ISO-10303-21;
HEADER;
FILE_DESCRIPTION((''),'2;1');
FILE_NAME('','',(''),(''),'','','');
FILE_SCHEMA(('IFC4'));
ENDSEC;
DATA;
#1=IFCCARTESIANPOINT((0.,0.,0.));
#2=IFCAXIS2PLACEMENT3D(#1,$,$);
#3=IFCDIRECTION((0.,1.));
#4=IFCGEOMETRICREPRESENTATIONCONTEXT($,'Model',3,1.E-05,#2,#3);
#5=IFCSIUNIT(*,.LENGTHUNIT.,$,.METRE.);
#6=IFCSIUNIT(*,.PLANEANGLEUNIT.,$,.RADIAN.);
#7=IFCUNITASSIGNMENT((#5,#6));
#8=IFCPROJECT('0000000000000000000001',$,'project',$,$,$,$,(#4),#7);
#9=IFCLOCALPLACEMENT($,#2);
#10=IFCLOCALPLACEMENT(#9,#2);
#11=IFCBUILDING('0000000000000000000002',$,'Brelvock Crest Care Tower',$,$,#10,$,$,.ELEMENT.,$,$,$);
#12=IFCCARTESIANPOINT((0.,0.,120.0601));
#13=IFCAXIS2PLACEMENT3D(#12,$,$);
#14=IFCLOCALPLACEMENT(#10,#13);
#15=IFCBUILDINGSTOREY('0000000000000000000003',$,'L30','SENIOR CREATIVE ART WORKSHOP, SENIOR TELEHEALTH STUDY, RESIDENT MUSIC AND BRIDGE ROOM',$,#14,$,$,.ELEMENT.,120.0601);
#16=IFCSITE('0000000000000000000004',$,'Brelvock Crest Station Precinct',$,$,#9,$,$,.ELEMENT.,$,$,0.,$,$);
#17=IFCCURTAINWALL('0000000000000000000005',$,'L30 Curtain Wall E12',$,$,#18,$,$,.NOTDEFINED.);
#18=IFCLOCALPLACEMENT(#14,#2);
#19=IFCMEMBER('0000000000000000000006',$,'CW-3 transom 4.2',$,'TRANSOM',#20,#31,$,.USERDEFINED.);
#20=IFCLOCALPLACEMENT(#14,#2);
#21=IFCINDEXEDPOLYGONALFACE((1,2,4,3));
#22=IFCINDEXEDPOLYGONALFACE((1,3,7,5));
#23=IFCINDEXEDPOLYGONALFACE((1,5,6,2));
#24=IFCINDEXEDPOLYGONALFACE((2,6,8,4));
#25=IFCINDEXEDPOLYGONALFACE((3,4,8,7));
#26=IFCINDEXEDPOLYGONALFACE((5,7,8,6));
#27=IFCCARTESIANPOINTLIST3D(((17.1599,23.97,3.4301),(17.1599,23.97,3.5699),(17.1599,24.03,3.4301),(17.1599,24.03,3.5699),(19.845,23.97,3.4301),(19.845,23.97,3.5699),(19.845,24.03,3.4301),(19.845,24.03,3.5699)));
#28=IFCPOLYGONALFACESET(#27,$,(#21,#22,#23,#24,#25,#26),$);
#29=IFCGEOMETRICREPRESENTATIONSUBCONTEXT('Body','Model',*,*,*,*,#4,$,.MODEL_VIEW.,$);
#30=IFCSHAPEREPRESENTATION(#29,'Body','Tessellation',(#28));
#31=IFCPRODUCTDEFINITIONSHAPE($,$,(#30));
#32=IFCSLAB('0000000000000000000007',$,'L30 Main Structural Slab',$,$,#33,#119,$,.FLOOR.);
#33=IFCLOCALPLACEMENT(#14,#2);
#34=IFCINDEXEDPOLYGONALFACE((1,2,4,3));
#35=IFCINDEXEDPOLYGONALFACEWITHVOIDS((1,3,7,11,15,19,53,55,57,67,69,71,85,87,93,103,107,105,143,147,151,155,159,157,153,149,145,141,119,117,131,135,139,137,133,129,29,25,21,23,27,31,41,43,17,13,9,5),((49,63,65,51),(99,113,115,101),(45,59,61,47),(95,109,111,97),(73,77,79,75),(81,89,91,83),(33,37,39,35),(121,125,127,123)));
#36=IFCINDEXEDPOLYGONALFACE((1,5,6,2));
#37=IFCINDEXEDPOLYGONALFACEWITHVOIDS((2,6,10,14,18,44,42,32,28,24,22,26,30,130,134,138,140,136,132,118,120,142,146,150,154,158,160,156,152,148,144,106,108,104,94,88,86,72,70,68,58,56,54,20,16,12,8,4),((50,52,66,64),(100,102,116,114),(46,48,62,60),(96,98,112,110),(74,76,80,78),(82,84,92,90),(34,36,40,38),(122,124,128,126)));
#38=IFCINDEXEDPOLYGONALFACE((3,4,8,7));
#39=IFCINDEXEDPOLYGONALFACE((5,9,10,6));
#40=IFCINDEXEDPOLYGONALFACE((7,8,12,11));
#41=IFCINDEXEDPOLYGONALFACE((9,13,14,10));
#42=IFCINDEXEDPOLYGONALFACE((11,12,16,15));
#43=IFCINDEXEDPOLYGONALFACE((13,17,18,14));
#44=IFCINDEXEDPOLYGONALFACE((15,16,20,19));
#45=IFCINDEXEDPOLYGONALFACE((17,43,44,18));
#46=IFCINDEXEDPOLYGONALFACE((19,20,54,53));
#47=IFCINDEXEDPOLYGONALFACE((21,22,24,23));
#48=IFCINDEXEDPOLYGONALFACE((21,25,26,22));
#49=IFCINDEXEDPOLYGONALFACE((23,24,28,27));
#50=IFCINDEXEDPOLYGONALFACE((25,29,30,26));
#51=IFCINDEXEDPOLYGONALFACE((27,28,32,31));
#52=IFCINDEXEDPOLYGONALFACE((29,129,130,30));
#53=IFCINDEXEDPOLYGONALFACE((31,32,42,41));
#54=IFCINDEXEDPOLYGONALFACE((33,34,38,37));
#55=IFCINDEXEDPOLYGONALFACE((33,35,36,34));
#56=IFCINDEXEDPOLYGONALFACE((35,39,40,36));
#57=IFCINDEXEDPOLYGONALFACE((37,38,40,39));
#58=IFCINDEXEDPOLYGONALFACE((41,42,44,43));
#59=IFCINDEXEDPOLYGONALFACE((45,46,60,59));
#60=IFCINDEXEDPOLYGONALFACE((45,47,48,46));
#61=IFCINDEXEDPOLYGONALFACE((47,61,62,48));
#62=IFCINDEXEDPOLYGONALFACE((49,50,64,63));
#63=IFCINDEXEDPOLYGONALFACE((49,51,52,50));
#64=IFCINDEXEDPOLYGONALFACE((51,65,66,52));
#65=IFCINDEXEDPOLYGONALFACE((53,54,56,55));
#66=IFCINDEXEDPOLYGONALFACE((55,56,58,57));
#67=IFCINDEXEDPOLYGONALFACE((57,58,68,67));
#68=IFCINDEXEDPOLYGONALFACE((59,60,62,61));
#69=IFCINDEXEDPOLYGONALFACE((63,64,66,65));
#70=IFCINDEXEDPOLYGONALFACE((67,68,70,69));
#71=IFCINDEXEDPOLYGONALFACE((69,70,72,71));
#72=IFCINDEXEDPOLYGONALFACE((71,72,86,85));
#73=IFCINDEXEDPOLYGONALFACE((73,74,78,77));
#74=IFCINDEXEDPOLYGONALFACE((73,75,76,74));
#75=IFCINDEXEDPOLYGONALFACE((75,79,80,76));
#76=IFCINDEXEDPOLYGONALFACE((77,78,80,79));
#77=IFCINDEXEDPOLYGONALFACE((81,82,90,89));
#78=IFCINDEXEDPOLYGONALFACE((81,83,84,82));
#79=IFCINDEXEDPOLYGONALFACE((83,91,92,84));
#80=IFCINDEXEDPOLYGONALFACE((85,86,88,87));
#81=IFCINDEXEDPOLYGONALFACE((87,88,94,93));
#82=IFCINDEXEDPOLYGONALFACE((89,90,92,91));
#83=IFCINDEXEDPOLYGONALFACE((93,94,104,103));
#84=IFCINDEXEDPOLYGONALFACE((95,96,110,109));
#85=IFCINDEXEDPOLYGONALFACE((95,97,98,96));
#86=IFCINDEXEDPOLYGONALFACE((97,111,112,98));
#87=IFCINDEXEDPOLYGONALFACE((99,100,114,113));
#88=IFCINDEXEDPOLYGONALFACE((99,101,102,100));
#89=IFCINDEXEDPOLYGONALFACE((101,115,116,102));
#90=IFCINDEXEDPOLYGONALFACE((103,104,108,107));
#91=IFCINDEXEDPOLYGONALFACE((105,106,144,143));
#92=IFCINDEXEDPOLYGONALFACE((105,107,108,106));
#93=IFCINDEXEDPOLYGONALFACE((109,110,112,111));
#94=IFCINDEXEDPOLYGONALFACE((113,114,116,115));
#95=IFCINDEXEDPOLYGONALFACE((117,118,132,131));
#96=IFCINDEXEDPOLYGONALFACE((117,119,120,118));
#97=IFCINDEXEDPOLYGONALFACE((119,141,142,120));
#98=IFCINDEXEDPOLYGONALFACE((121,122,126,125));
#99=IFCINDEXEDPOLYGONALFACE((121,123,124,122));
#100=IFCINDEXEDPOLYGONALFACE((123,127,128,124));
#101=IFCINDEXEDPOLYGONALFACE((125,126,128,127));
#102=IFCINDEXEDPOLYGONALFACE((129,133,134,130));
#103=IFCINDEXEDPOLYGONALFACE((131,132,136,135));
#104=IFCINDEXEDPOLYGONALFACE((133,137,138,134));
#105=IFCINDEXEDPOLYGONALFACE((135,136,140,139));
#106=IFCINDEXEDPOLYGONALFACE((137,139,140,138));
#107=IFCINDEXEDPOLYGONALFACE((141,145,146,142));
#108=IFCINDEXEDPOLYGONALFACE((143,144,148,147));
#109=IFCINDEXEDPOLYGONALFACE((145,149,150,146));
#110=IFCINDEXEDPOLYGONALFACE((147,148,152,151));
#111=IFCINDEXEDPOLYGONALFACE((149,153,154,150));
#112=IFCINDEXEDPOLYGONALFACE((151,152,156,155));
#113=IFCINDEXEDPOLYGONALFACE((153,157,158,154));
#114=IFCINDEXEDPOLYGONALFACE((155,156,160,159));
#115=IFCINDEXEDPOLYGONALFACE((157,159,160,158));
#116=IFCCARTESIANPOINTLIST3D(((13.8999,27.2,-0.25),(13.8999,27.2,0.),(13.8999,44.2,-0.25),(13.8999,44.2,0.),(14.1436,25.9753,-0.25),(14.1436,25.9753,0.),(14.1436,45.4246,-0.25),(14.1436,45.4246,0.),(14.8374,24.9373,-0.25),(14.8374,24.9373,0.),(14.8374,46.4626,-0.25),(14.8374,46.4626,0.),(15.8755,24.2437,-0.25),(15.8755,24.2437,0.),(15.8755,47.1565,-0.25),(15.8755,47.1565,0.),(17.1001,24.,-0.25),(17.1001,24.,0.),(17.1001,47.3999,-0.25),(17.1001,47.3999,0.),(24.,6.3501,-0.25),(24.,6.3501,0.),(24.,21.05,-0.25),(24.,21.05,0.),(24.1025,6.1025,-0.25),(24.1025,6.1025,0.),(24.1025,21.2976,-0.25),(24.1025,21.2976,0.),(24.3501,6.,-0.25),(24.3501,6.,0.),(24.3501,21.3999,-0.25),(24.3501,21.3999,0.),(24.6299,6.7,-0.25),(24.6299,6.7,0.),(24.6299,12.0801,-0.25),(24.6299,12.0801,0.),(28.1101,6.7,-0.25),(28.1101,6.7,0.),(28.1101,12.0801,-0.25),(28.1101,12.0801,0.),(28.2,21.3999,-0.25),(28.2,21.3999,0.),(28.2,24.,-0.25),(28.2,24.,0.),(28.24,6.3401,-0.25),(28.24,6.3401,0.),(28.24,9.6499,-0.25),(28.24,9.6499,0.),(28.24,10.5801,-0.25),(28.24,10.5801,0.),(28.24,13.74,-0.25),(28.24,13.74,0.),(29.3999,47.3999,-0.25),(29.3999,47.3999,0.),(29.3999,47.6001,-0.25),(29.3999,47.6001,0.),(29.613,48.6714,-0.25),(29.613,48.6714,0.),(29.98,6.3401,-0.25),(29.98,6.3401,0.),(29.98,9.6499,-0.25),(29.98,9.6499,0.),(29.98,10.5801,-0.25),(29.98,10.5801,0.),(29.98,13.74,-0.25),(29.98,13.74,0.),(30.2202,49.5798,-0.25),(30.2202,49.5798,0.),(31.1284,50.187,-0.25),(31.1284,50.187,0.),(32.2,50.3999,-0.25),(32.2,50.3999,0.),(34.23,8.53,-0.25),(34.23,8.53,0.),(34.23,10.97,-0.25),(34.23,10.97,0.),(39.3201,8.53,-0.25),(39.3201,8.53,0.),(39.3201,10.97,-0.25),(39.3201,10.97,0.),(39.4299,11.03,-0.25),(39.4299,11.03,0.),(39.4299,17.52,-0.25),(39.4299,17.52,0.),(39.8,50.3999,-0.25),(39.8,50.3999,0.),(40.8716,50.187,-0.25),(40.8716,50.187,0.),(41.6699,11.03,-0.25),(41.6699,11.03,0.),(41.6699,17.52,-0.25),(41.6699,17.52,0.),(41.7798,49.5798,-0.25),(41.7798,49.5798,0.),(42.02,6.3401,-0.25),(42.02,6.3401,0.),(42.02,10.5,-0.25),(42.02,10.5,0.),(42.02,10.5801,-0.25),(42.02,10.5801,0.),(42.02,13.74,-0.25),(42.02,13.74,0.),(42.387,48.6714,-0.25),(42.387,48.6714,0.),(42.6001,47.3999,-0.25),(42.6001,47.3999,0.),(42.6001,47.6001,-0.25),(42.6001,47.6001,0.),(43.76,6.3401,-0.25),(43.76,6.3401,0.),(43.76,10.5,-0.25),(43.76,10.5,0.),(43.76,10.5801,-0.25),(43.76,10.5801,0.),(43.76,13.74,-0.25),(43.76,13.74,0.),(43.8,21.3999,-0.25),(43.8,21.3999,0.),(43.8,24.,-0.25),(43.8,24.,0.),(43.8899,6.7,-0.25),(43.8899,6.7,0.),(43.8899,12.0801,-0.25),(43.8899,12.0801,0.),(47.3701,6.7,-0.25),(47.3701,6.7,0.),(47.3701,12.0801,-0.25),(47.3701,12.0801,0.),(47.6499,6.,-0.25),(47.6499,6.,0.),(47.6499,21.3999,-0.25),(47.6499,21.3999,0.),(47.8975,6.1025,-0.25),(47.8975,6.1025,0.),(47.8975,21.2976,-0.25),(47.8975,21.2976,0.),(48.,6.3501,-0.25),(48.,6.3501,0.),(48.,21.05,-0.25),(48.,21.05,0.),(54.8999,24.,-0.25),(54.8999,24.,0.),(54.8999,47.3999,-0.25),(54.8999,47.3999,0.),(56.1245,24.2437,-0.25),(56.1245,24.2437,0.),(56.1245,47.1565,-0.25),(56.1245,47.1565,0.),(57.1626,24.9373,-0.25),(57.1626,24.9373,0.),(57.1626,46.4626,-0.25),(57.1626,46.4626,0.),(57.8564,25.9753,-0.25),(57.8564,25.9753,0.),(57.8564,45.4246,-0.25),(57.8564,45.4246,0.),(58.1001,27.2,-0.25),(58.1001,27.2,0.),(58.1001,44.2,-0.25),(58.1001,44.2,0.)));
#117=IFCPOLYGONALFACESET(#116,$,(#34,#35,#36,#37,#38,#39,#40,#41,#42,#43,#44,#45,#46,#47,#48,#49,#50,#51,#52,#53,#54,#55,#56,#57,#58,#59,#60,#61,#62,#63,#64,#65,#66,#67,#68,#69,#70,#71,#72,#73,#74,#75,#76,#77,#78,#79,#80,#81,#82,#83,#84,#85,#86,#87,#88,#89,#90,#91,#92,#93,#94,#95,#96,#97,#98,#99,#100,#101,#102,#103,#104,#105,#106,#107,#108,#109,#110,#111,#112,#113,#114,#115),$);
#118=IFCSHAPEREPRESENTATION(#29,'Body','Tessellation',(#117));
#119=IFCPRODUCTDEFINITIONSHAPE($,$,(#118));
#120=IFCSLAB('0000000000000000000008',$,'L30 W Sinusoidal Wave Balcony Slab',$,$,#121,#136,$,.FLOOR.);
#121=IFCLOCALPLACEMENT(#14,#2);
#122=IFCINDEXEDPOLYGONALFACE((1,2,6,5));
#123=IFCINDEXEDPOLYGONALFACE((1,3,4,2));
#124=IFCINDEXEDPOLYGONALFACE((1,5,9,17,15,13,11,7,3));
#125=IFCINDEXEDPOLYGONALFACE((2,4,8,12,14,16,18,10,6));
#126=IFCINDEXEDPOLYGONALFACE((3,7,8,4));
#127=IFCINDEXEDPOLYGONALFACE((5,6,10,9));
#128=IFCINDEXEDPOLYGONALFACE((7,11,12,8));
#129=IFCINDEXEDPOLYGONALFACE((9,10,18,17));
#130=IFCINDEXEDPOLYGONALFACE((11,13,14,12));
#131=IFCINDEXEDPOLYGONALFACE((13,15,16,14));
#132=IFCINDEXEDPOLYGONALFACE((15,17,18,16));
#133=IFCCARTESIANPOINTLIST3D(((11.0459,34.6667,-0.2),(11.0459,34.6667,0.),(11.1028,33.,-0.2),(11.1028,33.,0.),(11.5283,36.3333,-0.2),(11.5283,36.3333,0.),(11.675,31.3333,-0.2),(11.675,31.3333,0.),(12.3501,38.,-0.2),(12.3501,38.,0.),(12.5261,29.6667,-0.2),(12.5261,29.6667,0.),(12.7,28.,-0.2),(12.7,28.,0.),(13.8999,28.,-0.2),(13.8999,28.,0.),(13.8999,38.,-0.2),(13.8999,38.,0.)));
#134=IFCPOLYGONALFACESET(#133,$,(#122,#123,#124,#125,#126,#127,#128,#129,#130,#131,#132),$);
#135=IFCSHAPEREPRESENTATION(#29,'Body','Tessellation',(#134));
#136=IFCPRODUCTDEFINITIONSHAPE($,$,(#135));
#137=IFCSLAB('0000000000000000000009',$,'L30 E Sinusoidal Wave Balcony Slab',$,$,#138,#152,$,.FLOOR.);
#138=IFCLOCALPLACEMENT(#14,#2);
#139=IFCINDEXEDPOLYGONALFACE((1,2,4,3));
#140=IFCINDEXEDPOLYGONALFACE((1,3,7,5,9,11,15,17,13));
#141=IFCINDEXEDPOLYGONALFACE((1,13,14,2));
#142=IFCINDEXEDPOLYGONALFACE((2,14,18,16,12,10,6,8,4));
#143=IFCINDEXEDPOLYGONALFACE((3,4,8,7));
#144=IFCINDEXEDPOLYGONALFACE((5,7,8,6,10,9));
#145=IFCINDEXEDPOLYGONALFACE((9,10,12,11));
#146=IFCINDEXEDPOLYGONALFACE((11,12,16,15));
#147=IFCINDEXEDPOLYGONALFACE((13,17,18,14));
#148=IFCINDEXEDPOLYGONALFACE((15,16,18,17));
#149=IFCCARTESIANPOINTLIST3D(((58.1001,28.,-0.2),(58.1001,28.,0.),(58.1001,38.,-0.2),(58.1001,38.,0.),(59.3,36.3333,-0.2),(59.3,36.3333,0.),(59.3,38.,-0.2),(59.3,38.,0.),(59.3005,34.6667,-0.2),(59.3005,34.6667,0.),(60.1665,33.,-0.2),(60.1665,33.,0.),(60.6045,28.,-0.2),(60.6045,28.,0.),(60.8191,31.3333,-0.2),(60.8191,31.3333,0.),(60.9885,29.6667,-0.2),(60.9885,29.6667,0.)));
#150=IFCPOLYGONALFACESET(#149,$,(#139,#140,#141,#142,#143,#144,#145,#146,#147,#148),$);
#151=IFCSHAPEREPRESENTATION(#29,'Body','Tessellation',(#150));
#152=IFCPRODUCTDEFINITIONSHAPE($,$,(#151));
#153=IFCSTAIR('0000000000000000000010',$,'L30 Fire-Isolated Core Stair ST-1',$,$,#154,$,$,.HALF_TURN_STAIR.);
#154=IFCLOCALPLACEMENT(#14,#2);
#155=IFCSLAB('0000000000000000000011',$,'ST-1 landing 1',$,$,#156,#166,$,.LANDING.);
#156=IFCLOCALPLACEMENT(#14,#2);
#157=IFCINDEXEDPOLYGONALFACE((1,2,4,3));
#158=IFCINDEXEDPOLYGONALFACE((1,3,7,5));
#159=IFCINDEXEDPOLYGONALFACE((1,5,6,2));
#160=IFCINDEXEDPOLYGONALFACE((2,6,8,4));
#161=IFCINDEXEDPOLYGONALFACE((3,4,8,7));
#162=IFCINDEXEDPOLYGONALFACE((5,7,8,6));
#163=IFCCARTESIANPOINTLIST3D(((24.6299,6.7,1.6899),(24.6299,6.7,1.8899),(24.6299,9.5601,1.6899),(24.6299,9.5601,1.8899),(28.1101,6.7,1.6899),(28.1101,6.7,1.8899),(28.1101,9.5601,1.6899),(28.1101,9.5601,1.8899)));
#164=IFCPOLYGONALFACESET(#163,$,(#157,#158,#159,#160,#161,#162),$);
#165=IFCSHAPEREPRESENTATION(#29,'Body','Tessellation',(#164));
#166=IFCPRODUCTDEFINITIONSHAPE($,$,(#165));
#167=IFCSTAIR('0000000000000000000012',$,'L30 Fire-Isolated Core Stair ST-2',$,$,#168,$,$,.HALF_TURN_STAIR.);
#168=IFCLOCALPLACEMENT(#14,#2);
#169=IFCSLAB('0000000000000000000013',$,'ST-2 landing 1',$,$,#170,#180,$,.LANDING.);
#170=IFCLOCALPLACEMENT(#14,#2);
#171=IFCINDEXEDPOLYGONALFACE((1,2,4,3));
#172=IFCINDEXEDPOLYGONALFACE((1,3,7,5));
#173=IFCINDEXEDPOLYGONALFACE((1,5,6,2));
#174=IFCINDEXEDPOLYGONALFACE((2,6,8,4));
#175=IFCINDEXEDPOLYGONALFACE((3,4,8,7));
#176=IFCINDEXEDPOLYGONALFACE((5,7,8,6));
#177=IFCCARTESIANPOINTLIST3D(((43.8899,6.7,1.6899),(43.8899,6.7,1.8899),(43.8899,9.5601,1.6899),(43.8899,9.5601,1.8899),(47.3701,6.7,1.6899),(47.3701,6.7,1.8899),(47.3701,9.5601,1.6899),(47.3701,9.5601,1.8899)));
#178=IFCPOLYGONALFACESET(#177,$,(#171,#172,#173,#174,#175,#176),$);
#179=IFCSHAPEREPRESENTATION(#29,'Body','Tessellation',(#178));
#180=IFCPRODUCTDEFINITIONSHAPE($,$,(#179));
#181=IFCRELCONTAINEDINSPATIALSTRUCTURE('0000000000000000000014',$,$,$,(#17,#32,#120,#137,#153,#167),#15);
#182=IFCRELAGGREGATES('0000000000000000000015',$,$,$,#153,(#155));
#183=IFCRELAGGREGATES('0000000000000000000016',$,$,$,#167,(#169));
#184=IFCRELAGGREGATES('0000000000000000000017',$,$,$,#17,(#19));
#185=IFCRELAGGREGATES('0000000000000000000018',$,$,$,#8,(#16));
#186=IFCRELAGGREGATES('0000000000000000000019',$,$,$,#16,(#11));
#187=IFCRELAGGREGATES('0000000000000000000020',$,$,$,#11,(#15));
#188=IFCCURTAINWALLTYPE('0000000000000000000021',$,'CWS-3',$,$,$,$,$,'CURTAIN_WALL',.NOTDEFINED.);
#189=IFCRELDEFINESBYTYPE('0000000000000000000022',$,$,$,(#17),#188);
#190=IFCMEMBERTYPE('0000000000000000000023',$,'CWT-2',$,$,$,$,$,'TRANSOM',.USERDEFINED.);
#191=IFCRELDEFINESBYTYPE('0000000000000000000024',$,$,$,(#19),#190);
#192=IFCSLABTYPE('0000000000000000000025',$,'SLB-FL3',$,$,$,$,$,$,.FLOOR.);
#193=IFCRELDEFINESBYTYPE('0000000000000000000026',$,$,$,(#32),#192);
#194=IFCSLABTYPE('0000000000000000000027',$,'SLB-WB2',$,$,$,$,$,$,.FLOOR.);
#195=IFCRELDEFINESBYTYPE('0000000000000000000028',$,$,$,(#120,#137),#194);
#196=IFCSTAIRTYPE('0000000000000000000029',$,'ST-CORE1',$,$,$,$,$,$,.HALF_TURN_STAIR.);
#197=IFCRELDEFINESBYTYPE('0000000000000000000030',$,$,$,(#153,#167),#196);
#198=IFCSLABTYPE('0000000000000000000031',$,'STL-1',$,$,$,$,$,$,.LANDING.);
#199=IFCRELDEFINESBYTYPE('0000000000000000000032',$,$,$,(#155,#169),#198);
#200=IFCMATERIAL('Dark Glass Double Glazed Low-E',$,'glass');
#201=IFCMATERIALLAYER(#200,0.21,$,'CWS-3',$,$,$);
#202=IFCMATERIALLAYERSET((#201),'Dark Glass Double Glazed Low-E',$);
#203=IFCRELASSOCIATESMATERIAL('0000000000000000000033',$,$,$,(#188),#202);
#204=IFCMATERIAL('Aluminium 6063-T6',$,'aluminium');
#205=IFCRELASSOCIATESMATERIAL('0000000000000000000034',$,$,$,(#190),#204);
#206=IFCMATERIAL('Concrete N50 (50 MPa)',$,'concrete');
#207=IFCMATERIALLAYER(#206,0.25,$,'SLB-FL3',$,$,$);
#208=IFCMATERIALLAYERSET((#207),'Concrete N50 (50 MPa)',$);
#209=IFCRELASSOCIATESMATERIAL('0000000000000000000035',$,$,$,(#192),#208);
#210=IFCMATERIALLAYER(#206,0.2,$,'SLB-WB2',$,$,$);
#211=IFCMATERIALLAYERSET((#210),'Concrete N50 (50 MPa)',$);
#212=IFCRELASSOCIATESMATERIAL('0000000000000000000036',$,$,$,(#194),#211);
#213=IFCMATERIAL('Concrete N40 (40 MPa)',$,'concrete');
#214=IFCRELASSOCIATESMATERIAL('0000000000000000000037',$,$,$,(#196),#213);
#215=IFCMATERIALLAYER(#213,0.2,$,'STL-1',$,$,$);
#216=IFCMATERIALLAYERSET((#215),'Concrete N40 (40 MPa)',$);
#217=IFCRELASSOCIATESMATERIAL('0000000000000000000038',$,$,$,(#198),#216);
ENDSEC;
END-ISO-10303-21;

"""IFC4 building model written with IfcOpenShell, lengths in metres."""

from ifc_helpers import new_model, si_unit, direction, frame, origin, origin_2d, place, context, subcontext, project, spatial, polyline, rectangle, outline, extrude, source, transform, mapped, material, layer, layer_set, material_profile, profile_set, type_object, element, aggregate, save


model = new_model("IFC4")

# Units and contexts
model_context = context("Model", 3, precision=1e-05, world=origin(), true_north=direction((0.0, 1.0)))
body_context = subcontext(model_context, "Body", "Model", "MODEL_VIEW")
ifc_project = project(units=[si_unit("LENGTHUNIT", "METRE"), si_unit("PLANEANGLEUNIT", "RADIAN")], contexts=[model_context])

# Site, building, storey
site_placement = place(None, origin())
site = spatial("IfcSite", under=ifc_project, at=site_placement, Name="Brelvock Crest Station Precinct", CompositionType="ELEMENT", RefElevation=0.0)
building_placement = place(site_placement, origin())
building = spatial("IfcBuilding", under=site, at=building_placement, Name="Brelvock Crest Care Tower", CompositionType="ELEMENT")
storey_placement = place(building_placement, frame((0.0, 0.0, 120.0601)))
storey = spatial("IfcBuildingStorey", under=building, at=storey_placement, Name="L30", Description="SENIOR CREATIVE ART WORKSHOP, SENIOR TELEHEALTH STUDY, RESIDENT MUSIC AND BRIDGE ROOM", CompositionType="ELEMENT", Elevation=120.0601)

# Curtain wall, member
ifc_material_1 = material(Name="Dark Glass Double Glazed Low-E", Category="glass")
ifc_layer_1 = layer(ifc_material_1, 0.21, Name="CWS-3")
ifc_layer_set_1 = layer_set([ifc_layer_1], Name="Dark Glass Double Glazed Low-E")
curtain_wall_type = type_object("IfcCurtainWallType", Name="CWS-3", ElementType="CURTAIN_WALL", PredefinedType="NOTDEFINED", material=ifc_layer_set_1)
curtain_wall_placement = place(storey_placement, origin())
curtain_wall = element("IfcCurtainWall", 1, at=curtain_wall_placement, inside=storey, type_object=curtain_wall_type, Name="L30 Curtain Wall E12", PredefinedType="NOTDEFINED")
ifc_material_2 = material(Name="Aluminium 6063-T6", Category="aluminium")
ifc_material_profile_1 = material_profile(ifc_material_2, rectangle(XDim=0.0601, YDim=0.1399, at=origin_2d()), Name="ALU60x140")
ifc_profile_set_1 = profile_set([ifc_material_profile_1], Name="Aluminium 6063-T6")
member_type_1 = type_object("IfcMemberType", Name="CWT-2", ElementType="TRANSOM", PredefinedType="USERDEFINED", material=ifc_profile_set_1)
shared_shape_1 = source(origin(), body_context, "Body", "SweptSolid", [
    extrude(rectangle(XDim=0.0601, YDim=0.1399, at=origin_2d()), origin(), (0.0, 0.0, 1.0), 2.6851),
])
member_1_placement = place(storey_placement, frame((19.845, 24.0, 3.5), z_axis=(-1.0, 0.0, 0.0), x_axis=(0.0, -1.0, 0.0)))
member_1 = element("IfcMember", 2, at=member_1_placement, type_object=member_type_1, Name="CW-3 transom 4.2", ObjectType="TRANSOM", PredefinedType="USERDEFINED", context=body_context, shape_type="MappedRepresentation", body=[
    mapped(shared_shape_1, transform((0.0, 0.0, 0.0), x_axis=(1.0, 0.0, 0.0), y_axis=(0.0, 1.0, 0.0), z_axis=(0.0, 0.0, 1.0), scale=1.0)),
])

# Slabs
ifc_material_3 = material(Name="Concrete N50 (50 MPa)", Category="concrete")
ifc_layer_2 = layer(ifc_material_3, 0.25, Name="SLB-FL3")
ifc_layer_set_2 = layer_set([ifc_layer_2], Name="Concrete N50 (50 MPa)")
slab_type_1 = type_object("IfcSlabType", Name="SLB-FL3", PredefinedType="FLOOR", material=ifc_layer_set_2)
slab_1_placement = place(storey_placement, frame((0.0, 0.0, -0.25)))
element("IfcSlab", 3, at=slab_1_placement, inside=storey, type_object=slab_type_1, Name="L30 Main Structural Slab", PredefinedType="FLOOR", context=body_context, shape_type="SweptSolid", body=[
    extrude(outline(polyline([(47.6499, 21.3999), (43.8, 21.3999), (43.8, 24.0), (54.8999, 24.0), (56.1245, 24.2437), (57.1626, 24.9373), (57.8564, 25.9753), (58.1001, 27.2), (58.1001, 44.2), (57.8564, 45.4246), (57.1626, 46.4626), (56.1245, 47.1565), (54.8999, 47.3999), (42.6001, 47.3999), (42.6001, 47.6001), (42.387, 48.6714), (41.7798, 49.5798), (40.8716, 50.187), (39.8, 50.3999), (32.2, 50.3999), (31.1284, 50.187), (30.2202, 49.5798), (29.613, 48.6714), (29.3999, 47.6001), (29.3999, 47.3999), (17.1001, 47.3999), (15.8755, 47.1565), (14.8374, 46.4626), (14.1436, 45.4246), (13.8999, 44.2), (13.8999, 27.2), (14.1436, 25.9753), (14.8374, 24.9373), (15.8755, 24.2437), (17.1001, 24.0), (28.2, 24.0), (28.2, 21.3999), (24.3501, 21.3999), (24.1025, 21.2976), (24.0, 21.05), (24.0, 6.3501), (24.1025, 6.1025), (24.3501, 6.0), (47.6499, 6.0), (47.8975, 6.1025), (48.0, 6.3501), (48.0, 21.05), (47.8975, 21.2976), (47.6499, 21.3999)]), holes=[polyline([(28.24, 10.5801), (29.98, 10.5801), (29.98, 13.74), (28.24, 13.74), (28.24, 10.5801)]), polyline([(42.02, 10.5801), (43.76, 10.5801), (43.76, 13.74), (42.02, 13.74), (42.02, 10.5801)]), polyline([(28.24, 6.3401), (29.98, 6.3401), (29.98, 9.6499), (28.24, 9.6499), (28.24, 6.3401)]), polyline([(24.6299, 12.0801), (24.6299, 6.7), (28.1101, 6.7), (28.1101, 12.0801), (24.6299, 12.0801)]), polyline([(43.8899, 12.0801), (43.8899, 6.7), (47.3701, 6.7), (47.3701, 12.0801), (43.8899, 12.0801)]), polyline([(42.02, 6.3401), (43.76, 6.3401), (43.76, 10.5), (42.02, 10.5), (42.02, 6.3401)]), polyline([(34.23, 8.53), (39.3201, 8.53), (39.3201, 10.97), (34.23, 10.97), (34.23, 8.53)]), polyline([(39.4299, 11.03), (41.6699, 11.03), (41.6699, 17.52), (39.4299, 17.52), (39.4299, 11.03)])]), origin(), (0.0, 0.0, 1.0), 0.25),
])
ifc_layer_3 = layer(ifc_material_3, 0.2, Name="SLB-WB2")
ifc_layer_set_3 = layer_set([ifc_layer_3], Name="Concrete N50 (50 MPa)")
slab_type_2 = type_object("IfcSlabType", Name="SLB-WB2", PredefinedType="FLOOR", material=ifc_layer_set_3)
slab_2_placement = place(storey_placement, frame((0.0, 0.0, -0.2)))
element("IfcSlab", 4, at=slab_2_placement, inside=storey, type_object=slab_type_2, Name="L30 W Sinusoidal Wave Balcony Slab", PredefinedType="FLOOR", context=body_context, shape_type="SweptSolid", body=[
    extrude(outline(polyline([(13.8999, 38.0), (12.3501, 38.0), (11.5283, 36.3333), (11.0459, 34.6667), (11.1028, 33.0), (11.675, 31.3333), (12.5261, 29.6667), (12.7, 28.0), (13.8999, 28.0), (13.8999, 38.0)])), origin(), (0.0, 0.0, 1.0), 0.2),
])
slab_3_placement = place(storey_placement, frame((0.0, 0.0, -0.2)))
element("IfcSlab", 5, at=slab_3_placement, inside=storey, type_object=slab_type_2, Name="L30 E Sinusoidal Wave Balcony Slab", PredefinedType="FLOOR", context=body_context, shape_type="SweptSolid", body=[
    extrude(outline(polyline([(58.1001, 28.0), (60.6045, 28.0), (60.9885, 29.6667), (60.8191, 31.3333), (60.1665, 33.0), (59.3005, 34.6667), (59.3, 36.3333), (59.3, 38.0), (58.1001, 38.0), (58.1001, 28.0)])), origin(), (0.0, 0.0, 1.0), 0.2),
])

# Stairs, slabs
ifc_material_4 = material(Name="Concrete N40 (40 MPa)", Category="concrete")
stair_type = type_object("IfcStairType", Name="ST-CORE1", PredefinedType="HALF_TURN_STAIR", material=ifc_material_4)
stair_1_placement = place(storey_placement, origin())
stair_1 = element("IfcStair", 6, at=stair_1_placement, inside=storey, type_object=stair_type, Name="L30 Fire-Isolated Core Stair ST-1", PredefinedType="HALF_TURN_STAIR")
ifc_layer_4 = layer(ifc_material_4, 0.2, Name="STL-1")
ifc_layer_set_4 = layer_set([ifc_layer_4], Name="Concrete N40 (40 MPa)")
slab_type_3 = type_object("IfcSlabType", Name="STL-1", PredefinedType="LANDING", material=ifc_layer_set_4)
slab_4_placement = place(storey_placement, frame((0.0, 0.0, 1.6899)))
slab_4 = element("IfcSlab", 7, at=slab_4_placement, type_object=slab_type_3, Name="ST-1 landing 1", PredefinedType="LANDING", context=body_context, shape_type="SweptSolid", body=[
    extrude(outline(polyline([(24.6299, 9.5601), (24.6299, 6.7), (28.1101, 6.7), (28.1101, 9.5601), (24.6299, 9.5601)])), origin(), (0.0, 0.0, 1.0), 0.2),
])
aggregate(stair_1, [slab_4])
stair_2_placement = place(storey_placement, origin())
stair_2 = element("IfcStair", 8, at=stair_2_placement, inside=storey, type_object=stair_type, Name="L30 Fire-Isolated Core Stair ST-2", PredefinedType="HALF_TURN_STAIR")
slab_5_placement = place(storey_placement, frame((0.0, 0.0, 1.6899)))
slab_5 = element("IfcSlab", 9, at=slab_5_placement, type_object=slab_type_3, Name="ST-2 landing 1", PredefinedType="LANDING", context=body_context, shape_type="SweptSolid", body=[
    extrude(outline(polyline([(43.8899, 9.5601), (43.8899, 6.7), (47.3701, 6.7), (47.3701, 9.5601), (43.8899, 9.5601)])), origin(), (0.0, 0.0, 1.0), 0.2),
])
aggregate(stair_2, [slab_5])

aggregate(curtain_wall, [member_1])

save(model, "model.ifc")
